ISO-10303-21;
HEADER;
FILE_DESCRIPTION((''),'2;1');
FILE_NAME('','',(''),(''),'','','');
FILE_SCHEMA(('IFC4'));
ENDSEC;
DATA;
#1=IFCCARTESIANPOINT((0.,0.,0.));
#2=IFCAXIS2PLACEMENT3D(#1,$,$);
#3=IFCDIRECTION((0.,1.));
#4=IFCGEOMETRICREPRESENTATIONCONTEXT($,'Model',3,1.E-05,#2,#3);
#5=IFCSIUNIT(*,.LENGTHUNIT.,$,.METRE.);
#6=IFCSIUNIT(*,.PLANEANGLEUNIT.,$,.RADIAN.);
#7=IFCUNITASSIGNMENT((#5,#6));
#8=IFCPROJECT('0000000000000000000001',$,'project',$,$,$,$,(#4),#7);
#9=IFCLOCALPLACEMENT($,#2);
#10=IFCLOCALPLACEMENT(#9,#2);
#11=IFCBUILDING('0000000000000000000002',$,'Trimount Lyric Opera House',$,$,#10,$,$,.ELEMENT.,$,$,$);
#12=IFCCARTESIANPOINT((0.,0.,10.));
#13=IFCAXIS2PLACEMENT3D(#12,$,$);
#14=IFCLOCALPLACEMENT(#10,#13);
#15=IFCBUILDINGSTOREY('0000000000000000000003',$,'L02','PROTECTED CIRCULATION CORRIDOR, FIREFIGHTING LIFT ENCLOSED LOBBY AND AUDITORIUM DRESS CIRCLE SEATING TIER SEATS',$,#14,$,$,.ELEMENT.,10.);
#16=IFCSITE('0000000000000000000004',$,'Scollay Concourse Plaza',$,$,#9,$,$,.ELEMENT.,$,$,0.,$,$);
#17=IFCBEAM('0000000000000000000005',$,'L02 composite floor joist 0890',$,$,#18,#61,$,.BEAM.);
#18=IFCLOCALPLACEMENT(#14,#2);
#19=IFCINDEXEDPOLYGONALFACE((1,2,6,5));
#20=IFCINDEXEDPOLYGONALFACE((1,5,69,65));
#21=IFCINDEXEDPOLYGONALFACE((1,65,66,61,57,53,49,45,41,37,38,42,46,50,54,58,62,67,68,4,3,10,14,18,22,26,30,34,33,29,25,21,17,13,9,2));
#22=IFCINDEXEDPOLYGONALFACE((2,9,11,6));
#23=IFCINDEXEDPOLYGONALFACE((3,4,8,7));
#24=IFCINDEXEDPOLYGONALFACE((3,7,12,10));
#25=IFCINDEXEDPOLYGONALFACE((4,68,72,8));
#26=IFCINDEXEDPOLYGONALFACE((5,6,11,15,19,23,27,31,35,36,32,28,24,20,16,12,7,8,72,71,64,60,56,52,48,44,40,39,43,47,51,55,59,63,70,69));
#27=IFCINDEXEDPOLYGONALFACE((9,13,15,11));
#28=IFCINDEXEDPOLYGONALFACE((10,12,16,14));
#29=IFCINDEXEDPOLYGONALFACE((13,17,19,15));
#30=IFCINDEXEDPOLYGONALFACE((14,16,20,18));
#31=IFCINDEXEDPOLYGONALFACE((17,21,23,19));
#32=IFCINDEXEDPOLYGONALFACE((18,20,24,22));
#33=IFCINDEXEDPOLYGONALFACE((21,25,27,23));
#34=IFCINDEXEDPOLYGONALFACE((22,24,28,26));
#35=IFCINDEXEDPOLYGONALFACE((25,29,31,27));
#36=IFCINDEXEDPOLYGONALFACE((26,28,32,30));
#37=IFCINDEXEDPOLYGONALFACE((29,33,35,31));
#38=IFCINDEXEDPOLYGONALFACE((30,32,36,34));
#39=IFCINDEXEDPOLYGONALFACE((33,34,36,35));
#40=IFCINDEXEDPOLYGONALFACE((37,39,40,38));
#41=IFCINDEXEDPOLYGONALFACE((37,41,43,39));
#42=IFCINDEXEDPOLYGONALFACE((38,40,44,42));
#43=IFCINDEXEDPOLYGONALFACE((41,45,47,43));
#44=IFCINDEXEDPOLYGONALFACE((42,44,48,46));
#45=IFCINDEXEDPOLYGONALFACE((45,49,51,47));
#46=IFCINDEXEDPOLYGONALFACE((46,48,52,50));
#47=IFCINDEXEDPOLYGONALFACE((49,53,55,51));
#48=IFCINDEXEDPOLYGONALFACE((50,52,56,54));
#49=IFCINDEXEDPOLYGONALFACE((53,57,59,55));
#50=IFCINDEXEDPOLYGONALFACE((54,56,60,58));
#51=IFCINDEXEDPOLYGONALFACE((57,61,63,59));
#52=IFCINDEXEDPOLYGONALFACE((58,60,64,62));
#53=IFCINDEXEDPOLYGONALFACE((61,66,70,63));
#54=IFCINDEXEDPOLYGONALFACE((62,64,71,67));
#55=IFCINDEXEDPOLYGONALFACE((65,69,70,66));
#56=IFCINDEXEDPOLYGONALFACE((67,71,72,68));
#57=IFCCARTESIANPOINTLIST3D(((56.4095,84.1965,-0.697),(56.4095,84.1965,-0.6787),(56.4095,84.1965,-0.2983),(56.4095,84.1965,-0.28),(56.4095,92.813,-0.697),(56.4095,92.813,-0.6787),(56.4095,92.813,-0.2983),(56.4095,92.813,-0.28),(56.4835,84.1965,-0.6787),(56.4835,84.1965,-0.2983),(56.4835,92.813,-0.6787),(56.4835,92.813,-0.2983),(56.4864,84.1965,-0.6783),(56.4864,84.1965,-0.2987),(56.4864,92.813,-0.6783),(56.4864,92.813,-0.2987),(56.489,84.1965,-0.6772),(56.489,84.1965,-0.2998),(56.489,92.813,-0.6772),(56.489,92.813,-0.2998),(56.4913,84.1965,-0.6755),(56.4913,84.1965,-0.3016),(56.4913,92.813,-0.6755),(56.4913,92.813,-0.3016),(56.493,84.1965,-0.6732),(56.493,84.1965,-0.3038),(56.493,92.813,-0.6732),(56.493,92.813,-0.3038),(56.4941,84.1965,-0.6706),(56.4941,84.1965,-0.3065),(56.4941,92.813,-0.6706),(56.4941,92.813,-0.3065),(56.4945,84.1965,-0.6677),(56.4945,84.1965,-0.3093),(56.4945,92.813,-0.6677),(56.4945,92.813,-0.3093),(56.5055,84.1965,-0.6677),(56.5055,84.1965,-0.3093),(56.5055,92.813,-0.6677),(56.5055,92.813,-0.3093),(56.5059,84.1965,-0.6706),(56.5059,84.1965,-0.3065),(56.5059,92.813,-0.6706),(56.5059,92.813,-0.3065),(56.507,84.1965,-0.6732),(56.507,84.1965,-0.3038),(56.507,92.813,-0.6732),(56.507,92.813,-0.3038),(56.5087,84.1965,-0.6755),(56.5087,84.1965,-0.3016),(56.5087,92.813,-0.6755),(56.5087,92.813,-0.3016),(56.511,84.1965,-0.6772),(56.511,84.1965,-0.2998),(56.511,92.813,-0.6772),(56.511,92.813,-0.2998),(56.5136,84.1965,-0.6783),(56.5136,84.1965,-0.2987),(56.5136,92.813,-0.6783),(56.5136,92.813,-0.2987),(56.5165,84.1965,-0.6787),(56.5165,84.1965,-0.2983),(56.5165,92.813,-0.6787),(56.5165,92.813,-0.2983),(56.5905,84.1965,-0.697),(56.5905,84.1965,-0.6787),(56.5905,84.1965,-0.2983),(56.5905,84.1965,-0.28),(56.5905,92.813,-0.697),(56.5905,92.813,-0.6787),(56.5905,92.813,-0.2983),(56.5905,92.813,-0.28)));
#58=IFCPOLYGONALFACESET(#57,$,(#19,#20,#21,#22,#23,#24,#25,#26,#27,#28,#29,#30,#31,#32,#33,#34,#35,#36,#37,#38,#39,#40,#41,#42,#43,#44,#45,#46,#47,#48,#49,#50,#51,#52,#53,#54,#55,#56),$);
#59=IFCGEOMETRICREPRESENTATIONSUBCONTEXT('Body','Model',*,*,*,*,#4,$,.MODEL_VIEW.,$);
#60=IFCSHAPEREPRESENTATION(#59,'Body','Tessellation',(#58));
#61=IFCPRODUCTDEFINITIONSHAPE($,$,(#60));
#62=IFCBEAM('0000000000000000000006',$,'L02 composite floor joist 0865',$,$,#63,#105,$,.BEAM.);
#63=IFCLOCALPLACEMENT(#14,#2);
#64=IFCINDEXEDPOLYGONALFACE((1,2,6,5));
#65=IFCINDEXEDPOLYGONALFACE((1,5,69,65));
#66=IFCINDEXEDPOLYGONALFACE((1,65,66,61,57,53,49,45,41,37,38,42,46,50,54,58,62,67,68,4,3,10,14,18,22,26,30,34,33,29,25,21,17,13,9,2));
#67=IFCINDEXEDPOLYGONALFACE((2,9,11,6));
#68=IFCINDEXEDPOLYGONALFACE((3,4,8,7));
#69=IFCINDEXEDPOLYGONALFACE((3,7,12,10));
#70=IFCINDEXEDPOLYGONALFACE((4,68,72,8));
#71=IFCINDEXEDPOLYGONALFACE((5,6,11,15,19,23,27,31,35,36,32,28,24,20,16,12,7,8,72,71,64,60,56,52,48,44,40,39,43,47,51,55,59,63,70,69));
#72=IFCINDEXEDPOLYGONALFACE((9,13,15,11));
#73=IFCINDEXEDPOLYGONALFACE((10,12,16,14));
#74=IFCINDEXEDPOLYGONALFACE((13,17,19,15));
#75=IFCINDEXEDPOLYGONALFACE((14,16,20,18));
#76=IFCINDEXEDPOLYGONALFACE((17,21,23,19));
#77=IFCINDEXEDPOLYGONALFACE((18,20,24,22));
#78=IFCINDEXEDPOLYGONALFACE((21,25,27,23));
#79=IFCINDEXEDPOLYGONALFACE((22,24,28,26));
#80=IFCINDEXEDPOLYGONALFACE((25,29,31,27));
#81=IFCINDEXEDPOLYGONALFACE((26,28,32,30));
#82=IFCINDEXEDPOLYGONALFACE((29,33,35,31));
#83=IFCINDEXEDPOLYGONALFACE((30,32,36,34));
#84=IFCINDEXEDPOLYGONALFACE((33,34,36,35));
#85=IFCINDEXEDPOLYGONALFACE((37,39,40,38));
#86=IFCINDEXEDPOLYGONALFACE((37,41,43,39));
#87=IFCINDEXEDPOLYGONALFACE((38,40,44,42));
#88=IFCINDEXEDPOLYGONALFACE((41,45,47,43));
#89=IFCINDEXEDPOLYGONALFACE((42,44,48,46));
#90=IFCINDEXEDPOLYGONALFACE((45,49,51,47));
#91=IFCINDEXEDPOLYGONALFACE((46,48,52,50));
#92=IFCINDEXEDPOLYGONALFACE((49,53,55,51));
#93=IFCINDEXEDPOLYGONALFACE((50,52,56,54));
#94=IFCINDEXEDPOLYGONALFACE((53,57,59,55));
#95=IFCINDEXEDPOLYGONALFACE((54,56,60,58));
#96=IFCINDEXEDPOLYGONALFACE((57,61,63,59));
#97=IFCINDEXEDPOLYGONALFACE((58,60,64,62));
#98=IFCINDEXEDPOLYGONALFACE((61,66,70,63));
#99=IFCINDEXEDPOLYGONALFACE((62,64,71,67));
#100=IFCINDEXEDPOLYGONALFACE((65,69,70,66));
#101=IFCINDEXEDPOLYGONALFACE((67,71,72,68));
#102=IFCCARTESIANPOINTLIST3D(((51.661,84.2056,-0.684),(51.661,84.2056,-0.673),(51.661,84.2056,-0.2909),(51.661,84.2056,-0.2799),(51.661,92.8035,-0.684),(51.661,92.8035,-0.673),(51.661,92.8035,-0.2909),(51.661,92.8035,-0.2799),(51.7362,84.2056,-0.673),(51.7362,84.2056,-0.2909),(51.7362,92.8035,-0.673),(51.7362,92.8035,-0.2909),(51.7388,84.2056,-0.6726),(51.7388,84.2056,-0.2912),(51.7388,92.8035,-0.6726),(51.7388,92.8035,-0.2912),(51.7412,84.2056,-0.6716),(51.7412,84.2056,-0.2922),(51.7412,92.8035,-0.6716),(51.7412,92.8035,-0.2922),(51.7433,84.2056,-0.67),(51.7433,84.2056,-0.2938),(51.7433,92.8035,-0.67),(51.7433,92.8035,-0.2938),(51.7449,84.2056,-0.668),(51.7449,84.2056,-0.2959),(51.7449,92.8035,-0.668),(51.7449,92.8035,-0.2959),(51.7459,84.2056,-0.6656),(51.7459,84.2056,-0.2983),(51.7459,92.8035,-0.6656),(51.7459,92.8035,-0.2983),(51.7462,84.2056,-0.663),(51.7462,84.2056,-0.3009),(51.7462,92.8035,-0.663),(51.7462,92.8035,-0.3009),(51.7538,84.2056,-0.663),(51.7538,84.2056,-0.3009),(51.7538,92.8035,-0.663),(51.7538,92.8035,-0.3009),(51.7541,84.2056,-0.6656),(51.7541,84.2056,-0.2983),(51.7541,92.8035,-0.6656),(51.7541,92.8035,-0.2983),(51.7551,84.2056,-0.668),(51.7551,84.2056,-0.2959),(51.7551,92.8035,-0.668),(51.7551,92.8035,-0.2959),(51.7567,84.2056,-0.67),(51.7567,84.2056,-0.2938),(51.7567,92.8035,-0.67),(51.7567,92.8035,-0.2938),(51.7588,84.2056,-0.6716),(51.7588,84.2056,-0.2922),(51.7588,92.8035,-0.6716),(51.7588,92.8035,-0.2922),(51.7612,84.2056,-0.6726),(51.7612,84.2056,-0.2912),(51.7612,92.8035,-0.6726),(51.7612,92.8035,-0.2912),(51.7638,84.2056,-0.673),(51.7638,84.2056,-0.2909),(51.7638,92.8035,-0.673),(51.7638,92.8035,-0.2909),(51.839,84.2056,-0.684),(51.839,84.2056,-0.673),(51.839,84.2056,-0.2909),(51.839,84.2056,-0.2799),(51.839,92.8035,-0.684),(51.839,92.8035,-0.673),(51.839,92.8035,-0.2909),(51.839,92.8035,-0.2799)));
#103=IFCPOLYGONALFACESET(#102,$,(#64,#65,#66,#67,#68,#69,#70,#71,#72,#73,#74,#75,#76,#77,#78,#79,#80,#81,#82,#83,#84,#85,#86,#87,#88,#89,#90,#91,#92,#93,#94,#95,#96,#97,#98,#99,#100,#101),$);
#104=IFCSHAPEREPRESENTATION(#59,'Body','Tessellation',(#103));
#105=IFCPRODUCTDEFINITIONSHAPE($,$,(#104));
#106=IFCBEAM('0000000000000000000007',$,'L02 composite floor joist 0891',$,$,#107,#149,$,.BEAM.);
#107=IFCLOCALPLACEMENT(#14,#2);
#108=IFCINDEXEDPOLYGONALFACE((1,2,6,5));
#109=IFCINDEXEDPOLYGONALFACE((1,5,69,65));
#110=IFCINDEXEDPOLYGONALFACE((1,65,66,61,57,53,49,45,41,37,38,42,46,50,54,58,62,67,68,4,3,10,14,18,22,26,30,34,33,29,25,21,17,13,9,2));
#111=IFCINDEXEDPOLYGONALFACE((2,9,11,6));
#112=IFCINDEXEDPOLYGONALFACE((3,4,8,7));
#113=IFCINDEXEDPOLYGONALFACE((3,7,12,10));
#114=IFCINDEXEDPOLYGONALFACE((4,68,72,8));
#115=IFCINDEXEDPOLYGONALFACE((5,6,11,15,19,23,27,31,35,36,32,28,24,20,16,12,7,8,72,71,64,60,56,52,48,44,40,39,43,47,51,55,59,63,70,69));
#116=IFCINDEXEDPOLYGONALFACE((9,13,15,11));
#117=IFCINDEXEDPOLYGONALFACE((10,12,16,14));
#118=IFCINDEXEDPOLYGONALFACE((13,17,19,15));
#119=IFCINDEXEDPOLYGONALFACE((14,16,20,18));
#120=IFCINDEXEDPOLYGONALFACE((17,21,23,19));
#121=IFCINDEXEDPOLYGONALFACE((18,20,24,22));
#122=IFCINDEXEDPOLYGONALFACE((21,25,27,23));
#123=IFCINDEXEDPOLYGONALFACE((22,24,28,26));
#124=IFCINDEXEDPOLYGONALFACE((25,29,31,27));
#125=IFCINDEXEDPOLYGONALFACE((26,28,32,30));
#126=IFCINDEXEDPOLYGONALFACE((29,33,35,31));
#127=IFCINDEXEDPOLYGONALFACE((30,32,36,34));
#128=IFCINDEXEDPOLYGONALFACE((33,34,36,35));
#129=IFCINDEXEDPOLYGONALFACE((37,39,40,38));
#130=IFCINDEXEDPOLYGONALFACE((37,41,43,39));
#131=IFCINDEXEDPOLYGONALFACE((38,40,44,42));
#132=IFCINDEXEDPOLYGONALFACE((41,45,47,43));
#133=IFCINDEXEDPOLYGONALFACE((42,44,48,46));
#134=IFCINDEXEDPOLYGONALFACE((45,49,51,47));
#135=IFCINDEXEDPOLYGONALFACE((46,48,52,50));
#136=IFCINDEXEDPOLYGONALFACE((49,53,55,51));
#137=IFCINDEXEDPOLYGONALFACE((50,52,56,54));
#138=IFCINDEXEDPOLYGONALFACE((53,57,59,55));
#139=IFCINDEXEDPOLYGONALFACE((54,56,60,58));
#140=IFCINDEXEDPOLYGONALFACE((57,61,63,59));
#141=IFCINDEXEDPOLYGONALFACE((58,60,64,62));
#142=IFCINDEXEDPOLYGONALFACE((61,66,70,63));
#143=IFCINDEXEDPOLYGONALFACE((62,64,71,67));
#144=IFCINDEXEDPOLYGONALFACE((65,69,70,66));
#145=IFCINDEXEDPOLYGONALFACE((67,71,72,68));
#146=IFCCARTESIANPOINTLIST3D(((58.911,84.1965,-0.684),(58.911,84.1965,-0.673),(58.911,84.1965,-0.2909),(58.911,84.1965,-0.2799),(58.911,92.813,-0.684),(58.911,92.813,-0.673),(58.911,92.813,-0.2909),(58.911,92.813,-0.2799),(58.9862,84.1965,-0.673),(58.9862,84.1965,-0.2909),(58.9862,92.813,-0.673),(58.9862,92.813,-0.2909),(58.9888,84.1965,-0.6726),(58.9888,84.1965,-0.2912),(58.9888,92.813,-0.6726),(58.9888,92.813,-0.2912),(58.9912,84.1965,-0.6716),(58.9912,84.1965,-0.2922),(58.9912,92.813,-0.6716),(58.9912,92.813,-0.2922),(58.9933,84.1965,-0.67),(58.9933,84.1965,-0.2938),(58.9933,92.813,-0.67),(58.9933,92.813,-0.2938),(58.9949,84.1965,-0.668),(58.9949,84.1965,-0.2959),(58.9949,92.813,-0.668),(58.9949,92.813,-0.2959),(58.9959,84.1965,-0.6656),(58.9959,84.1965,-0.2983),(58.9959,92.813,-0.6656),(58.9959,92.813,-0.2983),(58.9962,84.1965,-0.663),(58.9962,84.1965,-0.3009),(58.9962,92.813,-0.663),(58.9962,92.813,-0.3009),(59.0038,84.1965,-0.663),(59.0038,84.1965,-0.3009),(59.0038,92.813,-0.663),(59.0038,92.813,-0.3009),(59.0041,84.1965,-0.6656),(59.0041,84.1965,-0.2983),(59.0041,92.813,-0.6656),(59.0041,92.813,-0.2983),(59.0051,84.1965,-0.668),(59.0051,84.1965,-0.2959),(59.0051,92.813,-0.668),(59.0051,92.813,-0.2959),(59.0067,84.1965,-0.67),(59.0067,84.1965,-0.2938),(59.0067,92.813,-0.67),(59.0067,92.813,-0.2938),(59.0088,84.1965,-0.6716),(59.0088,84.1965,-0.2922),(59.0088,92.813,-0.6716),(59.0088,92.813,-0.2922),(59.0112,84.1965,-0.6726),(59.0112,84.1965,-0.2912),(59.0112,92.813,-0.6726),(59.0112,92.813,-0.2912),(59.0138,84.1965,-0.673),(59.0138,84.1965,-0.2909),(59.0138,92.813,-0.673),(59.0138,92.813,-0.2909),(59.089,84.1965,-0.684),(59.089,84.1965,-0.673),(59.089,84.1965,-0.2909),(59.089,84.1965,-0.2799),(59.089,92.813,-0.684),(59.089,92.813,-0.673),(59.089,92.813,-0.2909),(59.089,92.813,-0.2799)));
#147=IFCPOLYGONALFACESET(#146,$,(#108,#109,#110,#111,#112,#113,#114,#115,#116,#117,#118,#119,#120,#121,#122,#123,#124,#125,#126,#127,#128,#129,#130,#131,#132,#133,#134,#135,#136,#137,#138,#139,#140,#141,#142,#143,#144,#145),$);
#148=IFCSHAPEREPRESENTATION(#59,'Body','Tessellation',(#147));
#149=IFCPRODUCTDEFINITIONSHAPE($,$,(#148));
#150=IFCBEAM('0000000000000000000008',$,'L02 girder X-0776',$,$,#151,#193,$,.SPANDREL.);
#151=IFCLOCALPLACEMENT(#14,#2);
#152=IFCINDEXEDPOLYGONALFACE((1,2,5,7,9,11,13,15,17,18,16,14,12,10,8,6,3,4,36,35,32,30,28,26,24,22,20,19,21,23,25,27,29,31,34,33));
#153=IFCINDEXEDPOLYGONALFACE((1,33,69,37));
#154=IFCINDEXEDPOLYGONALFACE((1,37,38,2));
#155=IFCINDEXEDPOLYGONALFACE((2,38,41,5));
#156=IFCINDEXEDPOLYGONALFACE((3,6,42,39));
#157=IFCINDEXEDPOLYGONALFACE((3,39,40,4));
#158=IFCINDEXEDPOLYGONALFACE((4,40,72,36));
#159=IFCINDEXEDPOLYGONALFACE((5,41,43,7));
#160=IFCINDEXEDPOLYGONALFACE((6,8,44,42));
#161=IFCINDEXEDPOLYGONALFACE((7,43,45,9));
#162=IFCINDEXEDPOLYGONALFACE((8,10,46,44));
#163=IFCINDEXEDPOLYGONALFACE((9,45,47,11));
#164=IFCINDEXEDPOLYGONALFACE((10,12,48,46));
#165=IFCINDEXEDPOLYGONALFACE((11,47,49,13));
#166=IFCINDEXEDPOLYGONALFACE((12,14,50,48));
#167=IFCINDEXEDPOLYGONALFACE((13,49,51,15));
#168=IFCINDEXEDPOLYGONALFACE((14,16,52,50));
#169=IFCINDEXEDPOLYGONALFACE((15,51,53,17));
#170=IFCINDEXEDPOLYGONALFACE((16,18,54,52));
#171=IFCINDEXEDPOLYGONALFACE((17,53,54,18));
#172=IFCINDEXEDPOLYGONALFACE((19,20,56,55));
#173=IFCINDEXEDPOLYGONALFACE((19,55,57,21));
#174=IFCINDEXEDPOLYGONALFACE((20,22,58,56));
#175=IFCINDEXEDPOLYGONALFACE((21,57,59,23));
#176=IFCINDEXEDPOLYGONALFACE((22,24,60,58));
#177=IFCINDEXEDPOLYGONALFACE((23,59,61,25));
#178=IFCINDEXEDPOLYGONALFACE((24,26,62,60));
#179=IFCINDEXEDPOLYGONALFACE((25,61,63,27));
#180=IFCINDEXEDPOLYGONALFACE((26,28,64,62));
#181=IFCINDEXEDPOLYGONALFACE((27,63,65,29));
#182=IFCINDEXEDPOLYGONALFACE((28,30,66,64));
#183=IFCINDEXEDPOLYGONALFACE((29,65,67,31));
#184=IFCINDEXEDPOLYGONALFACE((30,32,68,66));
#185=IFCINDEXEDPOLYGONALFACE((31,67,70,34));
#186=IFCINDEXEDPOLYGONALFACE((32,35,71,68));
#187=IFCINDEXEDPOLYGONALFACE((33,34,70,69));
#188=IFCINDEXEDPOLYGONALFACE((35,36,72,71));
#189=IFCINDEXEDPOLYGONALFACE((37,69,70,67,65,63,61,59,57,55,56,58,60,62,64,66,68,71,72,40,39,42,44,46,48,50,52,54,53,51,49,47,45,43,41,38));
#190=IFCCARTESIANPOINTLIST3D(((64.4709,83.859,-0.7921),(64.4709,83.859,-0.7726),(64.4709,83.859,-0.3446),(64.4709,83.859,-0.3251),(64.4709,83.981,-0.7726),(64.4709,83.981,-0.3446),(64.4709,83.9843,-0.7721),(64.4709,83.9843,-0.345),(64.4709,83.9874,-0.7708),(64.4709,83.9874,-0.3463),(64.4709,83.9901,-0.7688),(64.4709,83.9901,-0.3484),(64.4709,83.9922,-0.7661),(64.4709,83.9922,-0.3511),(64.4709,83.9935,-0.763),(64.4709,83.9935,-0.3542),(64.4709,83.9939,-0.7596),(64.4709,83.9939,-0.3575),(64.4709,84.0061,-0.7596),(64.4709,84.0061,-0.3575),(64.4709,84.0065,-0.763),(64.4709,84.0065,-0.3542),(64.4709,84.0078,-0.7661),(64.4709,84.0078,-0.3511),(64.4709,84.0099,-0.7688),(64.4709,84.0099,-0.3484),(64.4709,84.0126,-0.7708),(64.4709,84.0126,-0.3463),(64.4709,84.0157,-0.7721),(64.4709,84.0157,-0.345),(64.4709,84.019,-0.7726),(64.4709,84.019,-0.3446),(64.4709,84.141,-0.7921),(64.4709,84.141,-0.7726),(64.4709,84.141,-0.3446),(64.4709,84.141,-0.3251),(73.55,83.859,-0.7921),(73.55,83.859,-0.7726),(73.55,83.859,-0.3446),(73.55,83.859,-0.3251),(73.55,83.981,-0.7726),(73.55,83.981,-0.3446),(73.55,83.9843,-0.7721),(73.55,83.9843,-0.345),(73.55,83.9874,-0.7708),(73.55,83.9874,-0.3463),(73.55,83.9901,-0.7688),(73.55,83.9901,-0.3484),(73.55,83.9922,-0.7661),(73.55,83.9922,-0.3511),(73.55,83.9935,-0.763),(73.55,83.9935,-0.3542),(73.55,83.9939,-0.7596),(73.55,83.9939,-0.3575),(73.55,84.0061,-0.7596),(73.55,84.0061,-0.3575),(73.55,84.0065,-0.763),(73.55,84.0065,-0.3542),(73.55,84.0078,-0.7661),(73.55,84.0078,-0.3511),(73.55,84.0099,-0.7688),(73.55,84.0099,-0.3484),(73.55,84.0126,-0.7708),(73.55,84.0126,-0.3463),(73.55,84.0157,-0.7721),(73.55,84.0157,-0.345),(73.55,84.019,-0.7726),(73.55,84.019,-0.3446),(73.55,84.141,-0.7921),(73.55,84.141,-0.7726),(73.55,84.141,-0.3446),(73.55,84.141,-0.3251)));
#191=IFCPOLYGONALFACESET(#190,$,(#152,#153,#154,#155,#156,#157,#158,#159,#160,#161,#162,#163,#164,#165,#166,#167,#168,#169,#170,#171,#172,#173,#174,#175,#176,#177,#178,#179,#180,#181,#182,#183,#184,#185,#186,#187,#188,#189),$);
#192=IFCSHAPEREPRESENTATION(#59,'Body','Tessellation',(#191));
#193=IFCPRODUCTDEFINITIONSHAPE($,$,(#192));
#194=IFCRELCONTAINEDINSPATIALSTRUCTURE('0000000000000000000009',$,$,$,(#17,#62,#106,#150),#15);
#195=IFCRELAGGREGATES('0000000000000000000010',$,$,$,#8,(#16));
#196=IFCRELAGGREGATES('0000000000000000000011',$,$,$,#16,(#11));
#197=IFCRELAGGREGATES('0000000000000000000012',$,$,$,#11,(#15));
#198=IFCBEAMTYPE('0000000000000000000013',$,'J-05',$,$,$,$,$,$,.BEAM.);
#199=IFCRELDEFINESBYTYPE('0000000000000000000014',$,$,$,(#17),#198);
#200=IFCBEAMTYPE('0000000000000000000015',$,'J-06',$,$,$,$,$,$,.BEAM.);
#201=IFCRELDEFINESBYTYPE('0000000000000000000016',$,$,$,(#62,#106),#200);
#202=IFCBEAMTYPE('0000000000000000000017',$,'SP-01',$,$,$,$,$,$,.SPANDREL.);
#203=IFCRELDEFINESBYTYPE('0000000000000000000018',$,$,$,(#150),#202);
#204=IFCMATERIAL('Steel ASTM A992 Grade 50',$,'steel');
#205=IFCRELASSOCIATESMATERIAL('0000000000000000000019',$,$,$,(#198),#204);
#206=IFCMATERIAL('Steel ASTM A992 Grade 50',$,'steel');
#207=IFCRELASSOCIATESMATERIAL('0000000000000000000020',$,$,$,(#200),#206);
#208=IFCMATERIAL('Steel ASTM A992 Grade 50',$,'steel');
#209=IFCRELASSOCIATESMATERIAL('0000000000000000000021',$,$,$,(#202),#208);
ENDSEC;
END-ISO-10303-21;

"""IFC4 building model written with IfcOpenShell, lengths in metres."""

from ifc_helpers import new_model, si_unit, direction, frame, origin, origin_2d, place, context, subcontext, project, spatial, i_section, extrude, material, material_profile, profile_set, type_object, element, save


model = new_model("IFC4")

# Units and contexts
model_context = context("Model", 3, precision=1e-05, world=origin(), true_north=direction((0.0, 1.0)))
body_context = subcontext(model_context, "Body", "Model", "MODEL_VIEW")
ifc_project = project(units=[si_unit("LENGTHUNIT", "METRE"), si_unit("PLANEANGLEUNIT", "RADIAN")], contexts=[model_context])

# Site, building, storey
site_placement = place(None, origin())
site = spatial("IfcSite", under=ifc_project, at=site_placement, Name="Scollay Concourse Plaza", CompositionType="ELEMENT", RefElevation=0.0)
building_placement = place(site_placement, origin())
building = spatial("IfcBuilding", under=site, at=building_placement, Name="Trimount Lyric Opera House", CompositionType="ELEMENT")
storey_placement = place(building_placement, frame((0.0, 0.0, 10.0)))
storey = spatial("IfcBuildingStorey", under=building, at=storey_placement, Name="L02", Description="PROTECTED CIRCULATION CORRIDOR, FIREFIGHTING LIFT ENCLOSED LOBBY AND AUDITORIUM DRESS CIRCLE SEATING TIER SEATS", CompositionType="ELEMENT", Elevation=10.0)

# Beams
ifc_material_1 = material(Name="Steel ASTM A992 Grade 50", Category="steel")
ifc_material_profile_1 = material_profile(ifc_material_1, i_section(OverallWidth=0.1809, OverallDepth=0.417, WebThickness=0.011, FlangeThickness=0.0183, FilletRadius=0.011, at=origin_2d()), Name="W16X57")
ifc_profile_set_1 = profile_set([ifc_material_profile_1], Name="Steel ASTM A992 Grade 50")
beam_type_1 = type_object("IfcBeamType", Name="J-05", PredefinedType="BEAM", material=ifc_profile_set_1)
beam_1_placement = place(storey_placement, frame((56.5, 84.1965, -0.4885), z_axis=(0.0, 1.0, 0.0), x_axis=(-1.0, 0.0, 0.0)))
element("IfcBeam", 1, at=beam_1_placement, inside=storey, type_object=beam_type_1, Name="L02 composite floor joist 0890", PredefinedType="BEAM", context=body_context, shape_type="SweptSolid", body=[
    extrude(i_section(OverallWidth=0.1809, OverallDepth=0.417, WebThickness=0.011, FlangeThickness=0.0183, FilletRadius=0.011, at=origin_2d()), origin(), (0.0, 0.0, 1.0), 8.6165),
])
ifc_material_2 = material(Name="Steel ASTM A992 Grade 50", Category="steel")
ifc_material_profile_2 = material_profile(ifc_material_2, i_section(OverallWidth=0.178, OverallDepth=0.4041, WebThickness=0.0076, FlangeThickness=0.011, FilletRadius=0.01, at=origin_2d()), Name="W16X36")
ifc_profile_set_2 = profile_set([ifc_material_profile_2], Name="Steel ASTM A992 Grade 50")
beam_type_2 = type_object("IfcBeamType", Name="J-06", PredefinedType="BEAM", material=ifc_profile_set_2)
beam_2_placement = place(storey_placement, frame((51.75, 84.2056, -0.4819), z_axis=(0.0, 1.0, 0.0), x_axis=(-1.0, 0.0, 0.0)))
element("IfcBeam", 2, at=beam_2_placement, inside=storey, type_object=beam_type_2, Name="L02 composite floor joist 0865", PredefinedType="BEAM", context=body_context, shape_type="SweptSolid", body=[
    extrude(i_section(OverallWidth=0.178, OverallDepth=0.4041, WebThickness=0.0076, FlangeThickness=0.011, FilletRadius=0.01, at=origin_2d()), origin(), (0.0, 0.0, 1.0), 8.5979),
])
beam_3_placement = place(storey_placement, frame((59.0, 84.1965, -0.4819), z_axis=(0.0, 1.0, 0.0), x_axis=(-1.0, 0.0, 0.0)))
element("IfcBeam", 3, at=beam_3_placement, inside=storey, type_object=beam_type_2, Name="L02 composite floor joist 0891", PredefinedType="BEAM", context=body_context, shape_type="SweptSolid", body=[
    extrude(i_section(OverallWidth=0.178, OverallDepth=0.4041, WebThickness=0.0076, FlangeThickness=0.011, FilletRadius=0.01, at=origin_2d()), origin(), (0.0, 0.0, 1.0), 8.6165),
])
ifc_material_3 = material(Name="Steel ASTM A992 Grade 50", Category="steel")
ifc_material_profile_3 = material_profile(ifc_material_3, i_section(OverallWidth=0.282, OverallDepth=0.467, WebThickness=0.0122, FlangeThickness=0.0195, FilletRadius=0.0129, at=origin_2d()), Name="W18X86")
ifc_profile_set_3 = profile_set([ifc_material_profile_3], Name="Steel ASTM A992 Grade 50")
beam_type_3 = type_object("IfcBeamType", Name="SP-01", PredefinedType="SPANDREL", material=ifc_profile_set_3)
beam_4_placement = place(storey_placement, frame((64.4709, 84.0, -0.5586), z_axis=(1.0, 0.0, 0.0), x_axis=(0.0, 1.0, 0.0)))
element("IfcBeam", 4, at=beam_4_placement, inside=storey, type_object=beam_type_3, Name="L02 girder X-0776", PredefinedType="SPANDREL", context=body_context, shape_type="SweptSolid", body=[
    extrude(i_section(OverallWidth=0.282, OverallDepth=0.467, WebThickness=0.0122, FlangeThickness=0.0195, FilletRadius=0.0129, at=origin_2d()), origin(), (0.0, 0.0, 1.0), 9.0791),
])

save(model, "model.ifc")
